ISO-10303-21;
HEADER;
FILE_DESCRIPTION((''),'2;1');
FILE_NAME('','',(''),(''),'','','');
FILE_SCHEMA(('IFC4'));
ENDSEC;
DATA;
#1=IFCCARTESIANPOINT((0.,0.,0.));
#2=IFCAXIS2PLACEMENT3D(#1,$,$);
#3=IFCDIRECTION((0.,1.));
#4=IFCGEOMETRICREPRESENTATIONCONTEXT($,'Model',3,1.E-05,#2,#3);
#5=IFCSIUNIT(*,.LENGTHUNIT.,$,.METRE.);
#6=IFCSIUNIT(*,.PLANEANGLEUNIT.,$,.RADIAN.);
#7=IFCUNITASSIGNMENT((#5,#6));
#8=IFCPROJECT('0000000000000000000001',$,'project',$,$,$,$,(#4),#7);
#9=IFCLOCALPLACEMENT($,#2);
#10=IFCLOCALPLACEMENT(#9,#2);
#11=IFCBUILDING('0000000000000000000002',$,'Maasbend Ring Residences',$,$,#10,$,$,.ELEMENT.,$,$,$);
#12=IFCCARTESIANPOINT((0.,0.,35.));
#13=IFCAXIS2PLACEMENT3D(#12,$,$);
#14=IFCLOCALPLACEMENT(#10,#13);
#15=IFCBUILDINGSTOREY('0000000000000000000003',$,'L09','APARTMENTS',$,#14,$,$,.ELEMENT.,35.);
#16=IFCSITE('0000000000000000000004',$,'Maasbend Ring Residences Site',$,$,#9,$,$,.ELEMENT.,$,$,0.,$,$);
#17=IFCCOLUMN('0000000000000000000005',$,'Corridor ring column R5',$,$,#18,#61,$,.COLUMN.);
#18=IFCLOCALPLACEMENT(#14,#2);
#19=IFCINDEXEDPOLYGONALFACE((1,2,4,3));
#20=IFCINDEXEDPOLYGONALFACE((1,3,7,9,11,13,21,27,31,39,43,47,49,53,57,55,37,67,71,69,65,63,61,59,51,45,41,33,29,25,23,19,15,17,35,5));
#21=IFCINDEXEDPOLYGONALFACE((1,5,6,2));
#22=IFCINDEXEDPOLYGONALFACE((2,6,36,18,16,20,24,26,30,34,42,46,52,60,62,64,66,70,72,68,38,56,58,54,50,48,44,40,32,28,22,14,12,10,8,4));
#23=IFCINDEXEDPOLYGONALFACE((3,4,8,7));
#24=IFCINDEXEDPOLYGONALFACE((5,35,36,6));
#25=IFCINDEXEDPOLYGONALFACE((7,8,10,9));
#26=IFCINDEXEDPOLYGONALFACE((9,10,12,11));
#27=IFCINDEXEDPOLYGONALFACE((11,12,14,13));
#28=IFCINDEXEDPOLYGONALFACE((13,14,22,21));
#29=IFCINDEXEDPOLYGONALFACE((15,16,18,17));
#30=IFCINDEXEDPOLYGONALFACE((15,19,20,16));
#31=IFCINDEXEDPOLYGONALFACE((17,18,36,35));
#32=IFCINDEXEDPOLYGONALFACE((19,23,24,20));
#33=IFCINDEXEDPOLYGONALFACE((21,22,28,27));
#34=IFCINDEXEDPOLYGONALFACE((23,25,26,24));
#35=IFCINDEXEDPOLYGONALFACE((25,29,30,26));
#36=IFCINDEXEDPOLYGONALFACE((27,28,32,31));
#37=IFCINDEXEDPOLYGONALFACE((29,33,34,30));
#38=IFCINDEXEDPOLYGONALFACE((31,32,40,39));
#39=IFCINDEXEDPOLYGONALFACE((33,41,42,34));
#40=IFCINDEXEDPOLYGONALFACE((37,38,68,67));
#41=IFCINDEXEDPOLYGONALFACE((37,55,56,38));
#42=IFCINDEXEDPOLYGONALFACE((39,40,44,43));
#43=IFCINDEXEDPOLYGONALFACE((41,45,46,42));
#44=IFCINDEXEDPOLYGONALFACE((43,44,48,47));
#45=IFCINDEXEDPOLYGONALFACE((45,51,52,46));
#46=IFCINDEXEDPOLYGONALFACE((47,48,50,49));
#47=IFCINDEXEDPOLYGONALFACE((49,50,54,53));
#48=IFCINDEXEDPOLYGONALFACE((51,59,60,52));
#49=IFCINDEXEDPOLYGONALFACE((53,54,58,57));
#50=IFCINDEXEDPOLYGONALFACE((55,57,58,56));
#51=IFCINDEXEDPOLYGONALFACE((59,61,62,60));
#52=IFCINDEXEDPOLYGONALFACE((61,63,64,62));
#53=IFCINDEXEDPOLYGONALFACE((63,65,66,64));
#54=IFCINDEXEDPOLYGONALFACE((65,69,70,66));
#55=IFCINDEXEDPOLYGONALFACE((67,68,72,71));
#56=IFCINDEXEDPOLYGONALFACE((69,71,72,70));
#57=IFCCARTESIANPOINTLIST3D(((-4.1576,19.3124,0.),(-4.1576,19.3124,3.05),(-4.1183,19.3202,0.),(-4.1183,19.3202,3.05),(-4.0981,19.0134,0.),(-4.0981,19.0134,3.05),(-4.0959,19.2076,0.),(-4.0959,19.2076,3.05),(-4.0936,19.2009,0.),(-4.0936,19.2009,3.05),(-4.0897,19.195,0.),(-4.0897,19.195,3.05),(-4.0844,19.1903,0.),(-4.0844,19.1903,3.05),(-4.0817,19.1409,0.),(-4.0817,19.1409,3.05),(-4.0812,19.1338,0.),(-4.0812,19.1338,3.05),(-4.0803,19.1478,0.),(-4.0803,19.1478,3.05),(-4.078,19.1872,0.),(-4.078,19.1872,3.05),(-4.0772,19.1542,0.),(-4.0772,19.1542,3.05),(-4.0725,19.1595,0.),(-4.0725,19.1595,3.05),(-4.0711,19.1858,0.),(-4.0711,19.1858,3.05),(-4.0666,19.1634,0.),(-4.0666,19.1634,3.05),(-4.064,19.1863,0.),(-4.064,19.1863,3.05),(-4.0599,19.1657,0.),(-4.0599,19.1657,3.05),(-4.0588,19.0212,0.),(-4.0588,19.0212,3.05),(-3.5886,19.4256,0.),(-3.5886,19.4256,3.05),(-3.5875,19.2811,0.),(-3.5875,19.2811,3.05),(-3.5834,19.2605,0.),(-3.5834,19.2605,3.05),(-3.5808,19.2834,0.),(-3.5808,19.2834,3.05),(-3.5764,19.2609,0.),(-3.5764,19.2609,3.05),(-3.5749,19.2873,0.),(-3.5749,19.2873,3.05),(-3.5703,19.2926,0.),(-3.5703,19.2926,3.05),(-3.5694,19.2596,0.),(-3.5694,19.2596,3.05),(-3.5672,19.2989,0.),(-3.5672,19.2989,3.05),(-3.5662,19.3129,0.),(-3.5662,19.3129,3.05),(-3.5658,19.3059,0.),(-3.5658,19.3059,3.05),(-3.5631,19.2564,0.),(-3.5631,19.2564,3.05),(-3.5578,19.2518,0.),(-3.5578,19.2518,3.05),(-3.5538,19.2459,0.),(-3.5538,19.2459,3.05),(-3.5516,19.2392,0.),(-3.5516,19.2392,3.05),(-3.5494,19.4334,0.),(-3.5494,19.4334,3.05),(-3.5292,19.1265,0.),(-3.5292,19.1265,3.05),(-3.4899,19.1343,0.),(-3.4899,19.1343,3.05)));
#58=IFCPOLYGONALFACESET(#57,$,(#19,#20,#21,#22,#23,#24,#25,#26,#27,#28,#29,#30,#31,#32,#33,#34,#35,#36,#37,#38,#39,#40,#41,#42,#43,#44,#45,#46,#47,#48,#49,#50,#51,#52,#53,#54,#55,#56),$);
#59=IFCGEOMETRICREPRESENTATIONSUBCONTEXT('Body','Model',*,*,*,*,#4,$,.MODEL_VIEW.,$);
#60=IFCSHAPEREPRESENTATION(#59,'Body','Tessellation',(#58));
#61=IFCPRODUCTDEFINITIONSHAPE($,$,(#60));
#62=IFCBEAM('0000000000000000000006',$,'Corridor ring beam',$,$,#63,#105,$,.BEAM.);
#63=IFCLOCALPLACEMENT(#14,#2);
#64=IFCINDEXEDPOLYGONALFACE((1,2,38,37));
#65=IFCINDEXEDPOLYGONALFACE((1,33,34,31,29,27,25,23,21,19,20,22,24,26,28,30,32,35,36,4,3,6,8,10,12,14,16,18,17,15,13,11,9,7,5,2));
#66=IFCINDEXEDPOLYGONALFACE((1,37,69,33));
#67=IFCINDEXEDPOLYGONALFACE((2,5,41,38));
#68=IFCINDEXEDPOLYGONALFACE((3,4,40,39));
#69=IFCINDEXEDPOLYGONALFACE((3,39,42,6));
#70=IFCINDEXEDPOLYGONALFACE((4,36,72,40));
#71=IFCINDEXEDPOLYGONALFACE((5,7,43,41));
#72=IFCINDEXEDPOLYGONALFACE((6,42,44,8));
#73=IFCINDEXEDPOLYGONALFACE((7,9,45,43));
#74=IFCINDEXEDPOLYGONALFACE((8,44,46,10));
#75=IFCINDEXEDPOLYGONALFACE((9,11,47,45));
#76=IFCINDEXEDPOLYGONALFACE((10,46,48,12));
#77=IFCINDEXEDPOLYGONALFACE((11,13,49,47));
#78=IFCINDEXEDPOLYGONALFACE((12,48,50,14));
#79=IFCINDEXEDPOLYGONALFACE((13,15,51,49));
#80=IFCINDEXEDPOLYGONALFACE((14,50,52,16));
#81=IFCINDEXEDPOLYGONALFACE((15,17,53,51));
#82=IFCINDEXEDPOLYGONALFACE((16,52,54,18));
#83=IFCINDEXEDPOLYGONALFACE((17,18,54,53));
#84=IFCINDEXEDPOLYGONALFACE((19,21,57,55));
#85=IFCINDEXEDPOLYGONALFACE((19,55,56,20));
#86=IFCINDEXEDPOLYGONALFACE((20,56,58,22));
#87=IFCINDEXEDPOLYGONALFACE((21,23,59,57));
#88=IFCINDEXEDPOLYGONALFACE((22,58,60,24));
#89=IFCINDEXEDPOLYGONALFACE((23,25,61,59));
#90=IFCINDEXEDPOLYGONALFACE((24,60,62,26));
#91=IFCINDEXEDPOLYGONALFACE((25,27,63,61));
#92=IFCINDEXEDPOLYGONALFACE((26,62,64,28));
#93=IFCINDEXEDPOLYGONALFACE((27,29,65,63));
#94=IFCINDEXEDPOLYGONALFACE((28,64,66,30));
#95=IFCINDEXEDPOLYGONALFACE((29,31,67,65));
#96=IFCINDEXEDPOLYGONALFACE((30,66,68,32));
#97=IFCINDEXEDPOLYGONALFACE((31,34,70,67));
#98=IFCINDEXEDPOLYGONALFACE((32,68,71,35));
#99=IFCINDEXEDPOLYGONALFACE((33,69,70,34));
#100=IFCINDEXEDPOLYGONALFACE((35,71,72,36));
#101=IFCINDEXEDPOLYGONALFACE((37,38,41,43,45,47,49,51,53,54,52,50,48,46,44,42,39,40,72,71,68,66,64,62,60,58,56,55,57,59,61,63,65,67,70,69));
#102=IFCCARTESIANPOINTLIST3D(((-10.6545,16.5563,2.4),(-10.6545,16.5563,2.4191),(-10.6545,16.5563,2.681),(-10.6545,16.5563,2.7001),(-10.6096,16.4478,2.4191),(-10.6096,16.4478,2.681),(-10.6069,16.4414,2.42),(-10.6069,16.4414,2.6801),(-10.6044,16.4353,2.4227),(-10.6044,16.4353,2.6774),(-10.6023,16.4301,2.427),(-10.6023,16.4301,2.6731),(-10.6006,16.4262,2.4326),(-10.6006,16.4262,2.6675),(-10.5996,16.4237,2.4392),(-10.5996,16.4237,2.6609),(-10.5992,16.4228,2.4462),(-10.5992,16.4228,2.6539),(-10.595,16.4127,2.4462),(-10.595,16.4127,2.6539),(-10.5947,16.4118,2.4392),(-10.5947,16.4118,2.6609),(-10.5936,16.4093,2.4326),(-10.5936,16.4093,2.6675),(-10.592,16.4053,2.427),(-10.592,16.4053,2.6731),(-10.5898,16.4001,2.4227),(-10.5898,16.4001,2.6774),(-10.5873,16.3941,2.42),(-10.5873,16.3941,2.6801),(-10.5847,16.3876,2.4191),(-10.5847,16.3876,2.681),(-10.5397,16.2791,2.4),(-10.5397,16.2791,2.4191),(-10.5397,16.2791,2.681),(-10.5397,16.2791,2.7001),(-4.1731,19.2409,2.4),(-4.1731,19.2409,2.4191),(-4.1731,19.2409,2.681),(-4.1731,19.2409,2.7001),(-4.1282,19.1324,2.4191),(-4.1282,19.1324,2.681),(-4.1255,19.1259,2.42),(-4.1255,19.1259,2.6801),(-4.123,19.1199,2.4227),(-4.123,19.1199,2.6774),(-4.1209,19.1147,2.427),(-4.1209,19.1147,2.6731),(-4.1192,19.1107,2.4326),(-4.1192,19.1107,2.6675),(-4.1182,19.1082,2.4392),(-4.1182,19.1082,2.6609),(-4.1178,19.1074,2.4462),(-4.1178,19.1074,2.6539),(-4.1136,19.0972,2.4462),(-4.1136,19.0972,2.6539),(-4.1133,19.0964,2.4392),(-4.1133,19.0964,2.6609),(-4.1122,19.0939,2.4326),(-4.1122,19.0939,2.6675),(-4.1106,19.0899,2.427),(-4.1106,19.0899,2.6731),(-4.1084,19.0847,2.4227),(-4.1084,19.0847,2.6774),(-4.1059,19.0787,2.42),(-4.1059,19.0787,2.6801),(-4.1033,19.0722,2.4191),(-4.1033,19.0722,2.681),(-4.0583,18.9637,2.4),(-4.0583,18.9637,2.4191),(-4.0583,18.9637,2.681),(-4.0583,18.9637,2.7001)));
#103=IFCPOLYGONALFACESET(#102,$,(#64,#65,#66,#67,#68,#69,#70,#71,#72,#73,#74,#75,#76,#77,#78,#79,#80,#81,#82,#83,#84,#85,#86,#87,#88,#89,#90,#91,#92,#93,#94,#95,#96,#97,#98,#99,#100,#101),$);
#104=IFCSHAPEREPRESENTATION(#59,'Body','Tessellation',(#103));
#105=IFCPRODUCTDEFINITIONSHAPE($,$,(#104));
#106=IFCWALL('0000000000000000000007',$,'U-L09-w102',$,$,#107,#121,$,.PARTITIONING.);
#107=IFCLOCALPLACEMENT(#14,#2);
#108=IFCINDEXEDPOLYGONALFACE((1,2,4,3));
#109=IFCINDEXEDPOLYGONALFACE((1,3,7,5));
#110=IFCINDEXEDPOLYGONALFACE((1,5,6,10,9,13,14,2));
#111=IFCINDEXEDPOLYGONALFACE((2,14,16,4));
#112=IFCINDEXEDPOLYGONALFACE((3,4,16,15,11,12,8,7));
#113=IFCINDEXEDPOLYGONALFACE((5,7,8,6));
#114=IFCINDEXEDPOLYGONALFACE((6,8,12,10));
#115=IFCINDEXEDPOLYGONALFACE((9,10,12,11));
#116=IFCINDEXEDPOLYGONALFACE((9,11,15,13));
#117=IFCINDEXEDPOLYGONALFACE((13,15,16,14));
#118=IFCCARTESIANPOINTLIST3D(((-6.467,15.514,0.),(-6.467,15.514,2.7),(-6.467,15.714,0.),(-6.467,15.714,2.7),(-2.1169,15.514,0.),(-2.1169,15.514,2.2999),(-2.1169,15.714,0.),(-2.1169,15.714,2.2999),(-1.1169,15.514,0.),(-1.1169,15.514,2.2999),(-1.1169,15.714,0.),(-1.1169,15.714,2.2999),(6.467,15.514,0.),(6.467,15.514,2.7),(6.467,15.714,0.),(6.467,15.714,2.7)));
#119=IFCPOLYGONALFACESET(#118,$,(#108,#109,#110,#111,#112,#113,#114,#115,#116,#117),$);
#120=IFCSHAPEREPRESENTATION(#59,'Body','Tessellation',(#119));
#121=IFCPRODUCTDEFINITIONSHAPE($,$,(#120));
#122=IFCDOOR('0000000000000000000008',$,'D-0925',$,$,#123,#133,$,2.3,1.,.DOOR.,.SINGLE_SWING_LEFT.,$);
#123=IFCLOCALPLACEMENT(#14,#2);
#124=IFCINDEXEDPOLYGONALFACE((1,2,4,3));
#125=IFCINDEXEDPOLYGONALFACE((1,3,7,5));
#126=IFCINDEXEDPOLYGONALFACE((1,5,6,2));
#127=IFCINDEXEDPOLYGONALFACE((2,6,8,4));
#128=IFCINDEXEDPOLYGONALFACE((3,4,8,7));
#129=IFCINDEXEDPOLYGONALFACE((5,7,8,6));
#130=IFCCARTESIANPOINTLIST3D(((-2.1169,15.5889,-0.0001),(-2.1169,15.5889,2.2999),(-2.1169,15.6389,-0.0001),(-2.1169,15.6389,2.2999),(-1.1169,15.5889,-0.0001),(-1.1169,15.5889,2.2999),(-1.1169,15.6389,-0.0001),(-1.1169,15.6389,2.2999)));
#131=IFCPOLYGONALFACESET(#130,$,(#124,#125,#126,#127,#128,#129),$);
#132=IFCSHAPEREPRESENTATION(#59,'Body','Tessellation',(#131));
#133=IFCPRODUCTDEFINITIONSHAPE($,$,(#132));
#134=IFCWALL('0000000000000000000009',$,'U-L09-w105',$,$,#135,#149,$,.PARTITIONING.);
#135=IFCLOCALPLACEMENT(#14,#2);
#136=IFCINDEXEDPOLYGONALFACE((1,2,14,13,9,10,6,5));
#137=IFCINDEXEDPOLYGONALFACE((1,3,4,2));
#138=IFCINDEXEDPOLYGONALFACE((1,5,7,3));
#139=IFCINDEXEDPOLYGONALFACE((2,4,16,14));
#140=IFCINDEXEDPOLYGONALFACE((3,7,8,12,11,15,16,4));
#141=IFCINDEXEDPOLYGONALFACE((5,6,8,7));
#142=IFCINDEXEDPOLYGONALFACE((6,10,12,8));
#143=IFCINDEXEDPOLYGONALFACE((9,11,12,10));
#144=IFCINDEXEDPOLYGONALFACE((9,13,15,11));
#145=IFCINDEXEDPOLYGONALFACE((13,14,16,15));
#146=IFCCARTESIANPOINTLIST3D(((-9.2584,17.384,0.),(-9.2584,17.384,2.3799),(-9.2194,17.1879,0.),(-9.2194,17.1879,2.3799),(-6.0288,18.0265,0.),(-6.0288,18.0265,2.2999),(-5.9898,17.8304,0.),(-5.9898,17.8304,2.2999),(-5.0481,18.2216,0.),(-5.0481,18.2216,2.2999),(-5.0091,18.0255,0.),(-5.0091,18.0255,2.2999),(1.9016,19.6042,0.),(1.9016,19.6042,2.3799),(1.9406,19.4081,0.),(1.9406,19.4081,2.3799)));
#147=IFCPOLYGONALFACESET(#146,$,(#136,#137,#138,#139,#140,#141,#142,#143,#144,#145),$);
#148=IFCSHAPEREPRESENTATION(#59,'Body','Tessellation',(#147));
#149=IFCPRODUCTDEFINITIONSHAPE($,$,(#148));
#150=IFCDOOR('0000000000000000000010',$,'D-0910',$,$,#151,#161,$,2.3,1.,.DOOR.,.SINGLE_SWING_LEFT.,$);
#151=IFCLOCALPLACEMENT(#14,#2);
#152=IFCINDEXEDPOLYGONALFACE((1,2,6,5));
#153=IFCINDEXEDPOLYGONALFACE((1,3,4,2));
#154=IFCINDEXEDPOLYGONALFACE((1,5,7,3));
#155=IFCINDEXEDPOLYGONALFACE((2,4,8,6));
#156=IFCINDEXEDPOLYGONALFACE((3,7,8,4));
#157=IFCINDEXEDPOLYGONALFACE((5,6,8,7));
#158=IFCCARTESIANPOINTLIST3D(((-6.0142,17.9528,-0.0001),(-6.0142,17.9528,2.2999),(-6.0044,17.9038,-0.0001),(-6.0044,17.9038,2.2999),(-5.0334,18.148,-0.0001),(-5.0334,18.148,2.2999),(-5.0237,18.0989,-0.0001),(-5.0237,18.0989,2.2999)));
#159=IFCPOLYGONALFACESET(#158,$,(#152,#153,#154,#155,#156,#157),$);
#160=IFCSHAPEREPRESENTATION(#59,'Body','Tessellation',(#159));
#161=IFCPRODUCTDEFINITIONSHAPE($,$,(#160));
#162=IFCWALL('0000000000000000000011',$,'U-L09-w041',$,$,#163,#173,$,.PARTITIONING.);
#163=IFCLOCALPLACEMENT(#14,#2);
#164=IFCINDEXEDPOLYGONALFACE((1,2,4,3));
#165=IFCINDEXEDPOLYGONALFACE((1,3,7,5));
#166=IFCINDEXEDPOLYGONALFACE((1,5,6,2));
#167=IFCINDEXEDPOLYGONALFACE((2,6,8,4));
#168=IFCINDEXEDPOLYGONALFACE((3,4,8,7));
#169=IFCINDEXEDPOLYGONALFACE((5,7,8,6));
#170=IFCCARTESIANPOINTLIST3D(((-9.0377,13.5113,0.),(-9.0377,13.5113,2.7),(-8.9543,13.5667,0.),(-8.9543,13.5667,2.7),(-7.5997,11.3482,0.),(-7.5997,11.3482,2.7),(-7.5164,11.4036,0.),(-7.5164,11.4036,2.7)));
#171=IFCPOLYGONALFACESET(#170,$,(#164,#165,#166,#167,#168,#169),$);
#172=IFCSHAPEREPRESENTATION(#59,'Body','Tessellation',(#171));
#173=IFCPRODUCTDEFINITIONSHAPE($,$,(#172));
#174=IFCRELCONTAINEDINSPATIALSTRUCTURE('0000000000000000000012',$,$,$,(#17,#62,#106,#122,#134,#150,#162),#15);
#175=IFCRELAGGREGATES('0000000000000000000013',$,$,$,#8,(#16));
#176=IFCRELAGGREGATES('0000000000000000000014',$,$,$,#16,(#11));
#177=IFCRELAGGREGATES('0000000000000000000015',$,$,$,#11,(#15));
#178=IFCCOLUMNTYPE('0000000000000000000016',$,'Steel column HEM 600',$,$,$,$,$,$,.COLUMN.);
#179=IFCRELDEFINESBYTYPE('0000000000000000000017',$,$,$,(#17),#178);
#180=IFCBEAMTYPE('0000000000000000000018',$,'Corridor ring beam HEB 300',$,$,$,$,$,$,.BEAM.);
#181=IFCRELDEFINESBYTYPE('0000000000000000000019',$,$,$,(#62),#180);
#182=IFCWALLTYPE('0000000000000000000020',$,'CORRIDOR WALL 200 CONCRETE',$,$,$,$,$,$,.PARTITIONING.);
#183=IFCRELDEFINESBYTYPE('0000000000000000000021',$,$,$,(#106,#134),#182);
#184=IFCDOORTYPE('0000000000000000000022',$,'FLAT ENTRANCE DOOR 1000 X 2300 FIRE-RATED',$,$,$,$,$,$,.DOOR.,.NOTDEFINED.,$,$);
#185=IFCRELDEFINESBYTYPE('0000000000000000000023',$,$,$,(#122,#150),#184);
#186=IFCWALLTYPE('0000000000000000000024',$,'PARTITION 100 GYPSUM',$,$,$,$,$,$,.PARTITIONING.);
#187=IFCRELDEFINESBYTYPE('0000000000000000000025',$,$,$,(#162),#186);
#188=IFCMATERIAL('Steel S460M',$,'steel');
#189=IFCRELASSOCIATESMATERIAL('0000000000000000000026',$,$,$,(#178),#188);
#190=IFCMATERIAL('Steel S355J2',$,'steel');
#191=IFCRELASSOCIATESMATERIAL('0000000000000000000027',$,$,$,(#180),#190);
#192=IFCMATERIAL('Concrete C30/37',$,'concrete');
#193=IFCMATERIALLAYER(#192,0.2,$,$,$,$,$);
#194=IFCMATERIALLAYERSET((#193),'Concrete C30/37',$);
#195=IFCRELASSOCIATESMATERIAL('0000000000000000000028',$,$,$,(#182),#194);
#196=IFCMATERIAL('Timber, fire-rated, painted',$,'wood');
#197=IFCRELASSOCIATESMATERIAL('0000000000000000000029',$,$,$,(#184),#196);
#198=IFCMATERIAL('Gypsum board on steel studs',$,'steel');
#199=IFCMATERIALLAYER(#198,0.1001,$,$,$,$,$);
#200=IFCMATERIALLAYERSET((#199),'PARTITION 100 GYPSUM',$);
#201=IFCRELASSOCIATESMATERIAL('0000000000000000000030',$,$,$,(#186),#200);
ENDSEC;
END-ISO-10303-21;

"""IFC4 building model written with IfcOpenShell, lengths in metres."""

from ifc_helpers import new_model, si_unit, direction, frame, frame_2d, origin, origin_2d, place, context, subcontext, project, spatial, rectangle, i_section, extrude, material, layer, layer_set, material_profile, profile_set, type_object, element, fill, save


model = new_model("IFC4")

# Units and contexts
model_context = context("Model", 3, precision=1e-05, world=origin(), true_north=direction((0.0, 1.0)))
body_context = subcontext(model_context, "Body", "Model", "MODEL_VIEW")
ifc_project = project(units=[si_unit("LENGTHUNIT", "METRE"), si_unit("PLANEANGLEUNIT", "RADIAN")], contexts=[model_context])

# Site, building, storey
site_placement = place(None, origin())
site = spatial("IfcSite", under=ifc_project, at=site_placement, Name="Maasbend Ring Residences Site", CompositionType="ELEMENT", RefElevation=0.0)
building_placement = place(site_placement, origin())
building = spatial("IfcBuilding", under=site, at=building_placement, Name="Maasbend Ring Residences", CompositionType="ELEMENT")
storey_placement = place(building_placement, frame((0.0, 0.0, 35.0)))
storey = spatial("IfcBuildingStorey", under=building, at=storey_placement, Name="L09", Description="APARTMENTS", CompositionType="ELEMENT", Elevation=35.0)

# Column
ifc_material_1 = material(Name="Steel S460M", Category="steel")
ifc_material_profile_1 = material_profile(ifc_material_1, i_section(OverallWidth=0.3049, OverallDepth=0.6201, WebThickness=0.021, FlangeThickness=0.04, FilletRadius=0.0271, at=origin_2d()), Name="HEM 600")
ifc_profile_set_1 = profile_set([ifc_material_profile_1], Name="Steel S460M")
column_type = type_object("IfcColumnType", Name="Steel column HEM 600", PredefinedType="COLUMN", material=ifc_profile_set_1)
column_placement = place(storey_placement, frame((-3.8237, 19.2234, 0.0), z_axis=(0.0, 0.0, 1.0), x_axis=(-0.19509, 0.980785, 0.0)))
element("IfcColumn", 1, at=column_placement, inside=storey, type_object=column_type, Name="Corridor ring column R5", PredefinedType="COLUMN", context=body_context, shape_type="SweptSolid", body=[
    extrude(i_section(OverallWidth=0.3049, OverallDepth=0.6201, WebThickness=0.021, FlangeThickness=0.04, FilletRadius=0.0271, at=origin_2d()), origin(), (0.0, 0.0, 1.0), 3.05),
])

# Beam
ifc_material_2 = material(Name="Steel S355J2", Category="steel")
ifc_material_profile_2 = material_profile(ifc_material_2, i_section(OverallWidth=0.3, OverallDepth=0.3, WebThickness=0.011, FlangeThickness=0.019, FilletRadius=0.0271, at=origin_2d()), Name="HEB 300")
ifc_profile_set_2 = profile_set([ifc_material_profile_2], Name="Steel S355J2")
beam_type = type_object("IfcBeamType", Name="Corridor ring beam HEB 300", PredefinedType="BEAM", material=ifc_profile_set_2)
beam_placement = place(storey_placement, frame((-4.1157, 19.1023, 2.55), z_axis=(-0.923886, -0.382667, 0.0), x_axis=(0.382667, -0.923886, 0.0)))
element("IfcBeam", 2, at=beam_placement, inside=storey, type_object=beam_type, Name="Corridor ring beam", PredefinedType="BEAM", context=body_context, shape_type="SweptSolid", body=[
    extrude(i_section(OverallWidth=0.3, OverallDepth=0.3, WebThickness=0.011, FlangeThickness=0.019, FilletRadius=0.0271, at=origin_2d()), origin(), (0.0, 0.0, 1.0), 7.0154),
])

# Walls, openings, doors
ifc_material_3 = material(Name="Concrete C30/37", Category="concrete")
ifc_layer_1 = layer(ifc_material_3, 0.2)
ifc_layer_set_1 = layer_set([ifc_layer_1], Name="Concrete C30/37")
wall_type_1 = type_object("IfcWallType", Name="CORRIDOR WALL 200 CONCRETE", PredefinedType="PARTITIONING", material=ifc_layer_set_1)
wall_1_placement = place(storey_placement, frame((-6.467, 15.614, 0.0), z_axis=(0.0, 0.0, 1.0), x_axis=(1.0, 0.0, 0.0)))
wall_1 = element("IfcWall", 3, at=wall_1_placement, inside=storey, type_object=wall_type_1, Name="U-L09-w102", PredefinedType="PARTITIONING", context=body_context, shape_type="SweptSolid", body=[
    extrude(rectangle(XDim=12.9341, YDim=0.2, at=frame_2d((6.467, 0.0))), origin(), (0.0, 0.0, 1.0), 2.7),
])
opening_1_placement = place(wall_1_placement, frame((4.3501, 0.0, 0.0)))
opening_1 = element("IfcOpeningElement", 4, at=opening_1_placement, cuts=wall_1, PredefinedType="OPENING", context=body_context, shape_type="SweptSolid", body=[
    extrude(rectangle(XDim=1.0, YDim=2.3, at=frame_2d((0.5, 1.1499))), frame((0.0, 0.1099, 0.0), z_axis=(0.0, -1.0, 0.0), x_axis=(1.0, 0.0, 0.0)), (0.0, 0.0, 1.0), 0.22),
])
ifc_material_4 = material(Name="Timber, fire-rated, painted", Category="wood")
door_type_1 = type_object("IfcDoorType", Name="FLAT ENTRANCE DOOR 1000 X 2300 FIRE-RATED", OperationType="NOTDEFINED", PredefinedType="DOOR", material=ifc_material_4)
door_1_placement = place(opening_1_placement, origin())
door_1 = element("IfcDoor", 5, at=door_1_placement, inside=storey, type_object=door_type_1, Name="D-0925", OperationType="SINGLE_SWING_LEFT", OverallHeight=2.3, OverallWidth=1.0, PredefinedType="DOOR", context=body_context, shape_type="SweptSolid", body=[
    extrude(rectangle(XDim=1.0, YDim=2.3, at=frame_2d((0.5, 1.1499))), frame((0.0, 0.0249, 0.0), z_axis=(0.0, -1.0, 0.0), x_axis=(1.0, 0.0, 0.0)), (0.0, 0.0, 1.0), 0.05),
])
fill(opening_1, door_1)
wall_2_placement = place(storey_placement, frame((-9.239, 17.2859, 0.0), z_axis=(0.0, 0.0, 1.0), x_axis=(0.980779, 0.195122, 0.0)))
wall_2 = element("IfcWall", 6, at=wall_2_placement, inside=storey, type_object=wall_type_1, Name="U-L09-w105", PredefinedType="PARTITIONING", context=body_context, shape_type="SweptSolid", body=[
    extrude(rectangle(XDim=11.3787, YDim=0.2, at=frame_2d((5.6895, 0.0))), origin(), (0.0, 0.0, 1.0), 2.3799),
])
opening_2_placement = place(wall_2_placement, frame((3.293, 0.0, 0.0)))
opening_2 = element("IfcOpeningElement", 7, at=opening_2_placement, cuts=wall_2, PredefinedType="OPENING", context=body_context, shape_type="SweptSolid", body=[
    extrude(rectangle(XDim=1.0, YDim=2.3, at=frame_2d((0.5, 1.1499))), frame((0.0, 0.1099, 0.0), z_axis=(0.0, -1.0, 0.0), x_axis=(1.0, 0.0, 0.0)), (0.0, 0.0, 1.0), 0.22),
])
door_2_placement = place(opening_2_placement, origin())
door_2 = element("IfcDoor", 8, at=door_2_placement, inside=storey, type_object=door_type_1, Name="D-0910", OperationType="SINGLE_SWING_LEFT", OverallHeight=2.3, OverallWidth=1.0, PredefinedType="DOOR", context=body_context, shape_type="SweptSolid", body=[
    extrude(rectangle(XDim=1.0, YDim=2.3, at=frame_2d((0.5, 1.1499))), frame((0.0, 0.0249, 0.0), z_axis=(0.0, -1.0, 0.0), x_axis=(1.0, 0.0, 0.0)), (0.0, 0.0, 1.0), 0.05),
])
fill(opening_2, door_2)

# Wall
ifc_material_5 = material(Name="Gypsum board on steel studs", Category="steel")
ifc_layer_2 = layer(ifc_material_5, 0.1001)
ifc_layer_set_2 = layer_set([ifc_layer_2], Name="PARTITION 100 GYPSUM")
wall_type_2 = type_object("IfcWallType", Name="PARTITION 100 GYPSUM", PredefinedType="PARTITIONING", material=ifc_layer_set_2)
wall_3_placement = place(storey_placement, frame((-8.9961, 13.5391, 0.0), z_axis=(0.0, 0.0, 1.0), x_axis=(0.553615, -0.832773, 0.0)))
element("IfcWall", 9, at=wall_3_placement, inside=storey, type_object=wall_type_2, Name="U-L09-w041", PredefinedType="PARTITIONING", context=body_context, shape_type="SweptSolid", body=[
    extrude(rectangle(XDim=2.5974, YDim=0.1001, at=frame_2d((1.2988, 0.0))), origin(), (0.0, 0.0, 1.0), 2.7),
])

save(model, "model.ifc")
